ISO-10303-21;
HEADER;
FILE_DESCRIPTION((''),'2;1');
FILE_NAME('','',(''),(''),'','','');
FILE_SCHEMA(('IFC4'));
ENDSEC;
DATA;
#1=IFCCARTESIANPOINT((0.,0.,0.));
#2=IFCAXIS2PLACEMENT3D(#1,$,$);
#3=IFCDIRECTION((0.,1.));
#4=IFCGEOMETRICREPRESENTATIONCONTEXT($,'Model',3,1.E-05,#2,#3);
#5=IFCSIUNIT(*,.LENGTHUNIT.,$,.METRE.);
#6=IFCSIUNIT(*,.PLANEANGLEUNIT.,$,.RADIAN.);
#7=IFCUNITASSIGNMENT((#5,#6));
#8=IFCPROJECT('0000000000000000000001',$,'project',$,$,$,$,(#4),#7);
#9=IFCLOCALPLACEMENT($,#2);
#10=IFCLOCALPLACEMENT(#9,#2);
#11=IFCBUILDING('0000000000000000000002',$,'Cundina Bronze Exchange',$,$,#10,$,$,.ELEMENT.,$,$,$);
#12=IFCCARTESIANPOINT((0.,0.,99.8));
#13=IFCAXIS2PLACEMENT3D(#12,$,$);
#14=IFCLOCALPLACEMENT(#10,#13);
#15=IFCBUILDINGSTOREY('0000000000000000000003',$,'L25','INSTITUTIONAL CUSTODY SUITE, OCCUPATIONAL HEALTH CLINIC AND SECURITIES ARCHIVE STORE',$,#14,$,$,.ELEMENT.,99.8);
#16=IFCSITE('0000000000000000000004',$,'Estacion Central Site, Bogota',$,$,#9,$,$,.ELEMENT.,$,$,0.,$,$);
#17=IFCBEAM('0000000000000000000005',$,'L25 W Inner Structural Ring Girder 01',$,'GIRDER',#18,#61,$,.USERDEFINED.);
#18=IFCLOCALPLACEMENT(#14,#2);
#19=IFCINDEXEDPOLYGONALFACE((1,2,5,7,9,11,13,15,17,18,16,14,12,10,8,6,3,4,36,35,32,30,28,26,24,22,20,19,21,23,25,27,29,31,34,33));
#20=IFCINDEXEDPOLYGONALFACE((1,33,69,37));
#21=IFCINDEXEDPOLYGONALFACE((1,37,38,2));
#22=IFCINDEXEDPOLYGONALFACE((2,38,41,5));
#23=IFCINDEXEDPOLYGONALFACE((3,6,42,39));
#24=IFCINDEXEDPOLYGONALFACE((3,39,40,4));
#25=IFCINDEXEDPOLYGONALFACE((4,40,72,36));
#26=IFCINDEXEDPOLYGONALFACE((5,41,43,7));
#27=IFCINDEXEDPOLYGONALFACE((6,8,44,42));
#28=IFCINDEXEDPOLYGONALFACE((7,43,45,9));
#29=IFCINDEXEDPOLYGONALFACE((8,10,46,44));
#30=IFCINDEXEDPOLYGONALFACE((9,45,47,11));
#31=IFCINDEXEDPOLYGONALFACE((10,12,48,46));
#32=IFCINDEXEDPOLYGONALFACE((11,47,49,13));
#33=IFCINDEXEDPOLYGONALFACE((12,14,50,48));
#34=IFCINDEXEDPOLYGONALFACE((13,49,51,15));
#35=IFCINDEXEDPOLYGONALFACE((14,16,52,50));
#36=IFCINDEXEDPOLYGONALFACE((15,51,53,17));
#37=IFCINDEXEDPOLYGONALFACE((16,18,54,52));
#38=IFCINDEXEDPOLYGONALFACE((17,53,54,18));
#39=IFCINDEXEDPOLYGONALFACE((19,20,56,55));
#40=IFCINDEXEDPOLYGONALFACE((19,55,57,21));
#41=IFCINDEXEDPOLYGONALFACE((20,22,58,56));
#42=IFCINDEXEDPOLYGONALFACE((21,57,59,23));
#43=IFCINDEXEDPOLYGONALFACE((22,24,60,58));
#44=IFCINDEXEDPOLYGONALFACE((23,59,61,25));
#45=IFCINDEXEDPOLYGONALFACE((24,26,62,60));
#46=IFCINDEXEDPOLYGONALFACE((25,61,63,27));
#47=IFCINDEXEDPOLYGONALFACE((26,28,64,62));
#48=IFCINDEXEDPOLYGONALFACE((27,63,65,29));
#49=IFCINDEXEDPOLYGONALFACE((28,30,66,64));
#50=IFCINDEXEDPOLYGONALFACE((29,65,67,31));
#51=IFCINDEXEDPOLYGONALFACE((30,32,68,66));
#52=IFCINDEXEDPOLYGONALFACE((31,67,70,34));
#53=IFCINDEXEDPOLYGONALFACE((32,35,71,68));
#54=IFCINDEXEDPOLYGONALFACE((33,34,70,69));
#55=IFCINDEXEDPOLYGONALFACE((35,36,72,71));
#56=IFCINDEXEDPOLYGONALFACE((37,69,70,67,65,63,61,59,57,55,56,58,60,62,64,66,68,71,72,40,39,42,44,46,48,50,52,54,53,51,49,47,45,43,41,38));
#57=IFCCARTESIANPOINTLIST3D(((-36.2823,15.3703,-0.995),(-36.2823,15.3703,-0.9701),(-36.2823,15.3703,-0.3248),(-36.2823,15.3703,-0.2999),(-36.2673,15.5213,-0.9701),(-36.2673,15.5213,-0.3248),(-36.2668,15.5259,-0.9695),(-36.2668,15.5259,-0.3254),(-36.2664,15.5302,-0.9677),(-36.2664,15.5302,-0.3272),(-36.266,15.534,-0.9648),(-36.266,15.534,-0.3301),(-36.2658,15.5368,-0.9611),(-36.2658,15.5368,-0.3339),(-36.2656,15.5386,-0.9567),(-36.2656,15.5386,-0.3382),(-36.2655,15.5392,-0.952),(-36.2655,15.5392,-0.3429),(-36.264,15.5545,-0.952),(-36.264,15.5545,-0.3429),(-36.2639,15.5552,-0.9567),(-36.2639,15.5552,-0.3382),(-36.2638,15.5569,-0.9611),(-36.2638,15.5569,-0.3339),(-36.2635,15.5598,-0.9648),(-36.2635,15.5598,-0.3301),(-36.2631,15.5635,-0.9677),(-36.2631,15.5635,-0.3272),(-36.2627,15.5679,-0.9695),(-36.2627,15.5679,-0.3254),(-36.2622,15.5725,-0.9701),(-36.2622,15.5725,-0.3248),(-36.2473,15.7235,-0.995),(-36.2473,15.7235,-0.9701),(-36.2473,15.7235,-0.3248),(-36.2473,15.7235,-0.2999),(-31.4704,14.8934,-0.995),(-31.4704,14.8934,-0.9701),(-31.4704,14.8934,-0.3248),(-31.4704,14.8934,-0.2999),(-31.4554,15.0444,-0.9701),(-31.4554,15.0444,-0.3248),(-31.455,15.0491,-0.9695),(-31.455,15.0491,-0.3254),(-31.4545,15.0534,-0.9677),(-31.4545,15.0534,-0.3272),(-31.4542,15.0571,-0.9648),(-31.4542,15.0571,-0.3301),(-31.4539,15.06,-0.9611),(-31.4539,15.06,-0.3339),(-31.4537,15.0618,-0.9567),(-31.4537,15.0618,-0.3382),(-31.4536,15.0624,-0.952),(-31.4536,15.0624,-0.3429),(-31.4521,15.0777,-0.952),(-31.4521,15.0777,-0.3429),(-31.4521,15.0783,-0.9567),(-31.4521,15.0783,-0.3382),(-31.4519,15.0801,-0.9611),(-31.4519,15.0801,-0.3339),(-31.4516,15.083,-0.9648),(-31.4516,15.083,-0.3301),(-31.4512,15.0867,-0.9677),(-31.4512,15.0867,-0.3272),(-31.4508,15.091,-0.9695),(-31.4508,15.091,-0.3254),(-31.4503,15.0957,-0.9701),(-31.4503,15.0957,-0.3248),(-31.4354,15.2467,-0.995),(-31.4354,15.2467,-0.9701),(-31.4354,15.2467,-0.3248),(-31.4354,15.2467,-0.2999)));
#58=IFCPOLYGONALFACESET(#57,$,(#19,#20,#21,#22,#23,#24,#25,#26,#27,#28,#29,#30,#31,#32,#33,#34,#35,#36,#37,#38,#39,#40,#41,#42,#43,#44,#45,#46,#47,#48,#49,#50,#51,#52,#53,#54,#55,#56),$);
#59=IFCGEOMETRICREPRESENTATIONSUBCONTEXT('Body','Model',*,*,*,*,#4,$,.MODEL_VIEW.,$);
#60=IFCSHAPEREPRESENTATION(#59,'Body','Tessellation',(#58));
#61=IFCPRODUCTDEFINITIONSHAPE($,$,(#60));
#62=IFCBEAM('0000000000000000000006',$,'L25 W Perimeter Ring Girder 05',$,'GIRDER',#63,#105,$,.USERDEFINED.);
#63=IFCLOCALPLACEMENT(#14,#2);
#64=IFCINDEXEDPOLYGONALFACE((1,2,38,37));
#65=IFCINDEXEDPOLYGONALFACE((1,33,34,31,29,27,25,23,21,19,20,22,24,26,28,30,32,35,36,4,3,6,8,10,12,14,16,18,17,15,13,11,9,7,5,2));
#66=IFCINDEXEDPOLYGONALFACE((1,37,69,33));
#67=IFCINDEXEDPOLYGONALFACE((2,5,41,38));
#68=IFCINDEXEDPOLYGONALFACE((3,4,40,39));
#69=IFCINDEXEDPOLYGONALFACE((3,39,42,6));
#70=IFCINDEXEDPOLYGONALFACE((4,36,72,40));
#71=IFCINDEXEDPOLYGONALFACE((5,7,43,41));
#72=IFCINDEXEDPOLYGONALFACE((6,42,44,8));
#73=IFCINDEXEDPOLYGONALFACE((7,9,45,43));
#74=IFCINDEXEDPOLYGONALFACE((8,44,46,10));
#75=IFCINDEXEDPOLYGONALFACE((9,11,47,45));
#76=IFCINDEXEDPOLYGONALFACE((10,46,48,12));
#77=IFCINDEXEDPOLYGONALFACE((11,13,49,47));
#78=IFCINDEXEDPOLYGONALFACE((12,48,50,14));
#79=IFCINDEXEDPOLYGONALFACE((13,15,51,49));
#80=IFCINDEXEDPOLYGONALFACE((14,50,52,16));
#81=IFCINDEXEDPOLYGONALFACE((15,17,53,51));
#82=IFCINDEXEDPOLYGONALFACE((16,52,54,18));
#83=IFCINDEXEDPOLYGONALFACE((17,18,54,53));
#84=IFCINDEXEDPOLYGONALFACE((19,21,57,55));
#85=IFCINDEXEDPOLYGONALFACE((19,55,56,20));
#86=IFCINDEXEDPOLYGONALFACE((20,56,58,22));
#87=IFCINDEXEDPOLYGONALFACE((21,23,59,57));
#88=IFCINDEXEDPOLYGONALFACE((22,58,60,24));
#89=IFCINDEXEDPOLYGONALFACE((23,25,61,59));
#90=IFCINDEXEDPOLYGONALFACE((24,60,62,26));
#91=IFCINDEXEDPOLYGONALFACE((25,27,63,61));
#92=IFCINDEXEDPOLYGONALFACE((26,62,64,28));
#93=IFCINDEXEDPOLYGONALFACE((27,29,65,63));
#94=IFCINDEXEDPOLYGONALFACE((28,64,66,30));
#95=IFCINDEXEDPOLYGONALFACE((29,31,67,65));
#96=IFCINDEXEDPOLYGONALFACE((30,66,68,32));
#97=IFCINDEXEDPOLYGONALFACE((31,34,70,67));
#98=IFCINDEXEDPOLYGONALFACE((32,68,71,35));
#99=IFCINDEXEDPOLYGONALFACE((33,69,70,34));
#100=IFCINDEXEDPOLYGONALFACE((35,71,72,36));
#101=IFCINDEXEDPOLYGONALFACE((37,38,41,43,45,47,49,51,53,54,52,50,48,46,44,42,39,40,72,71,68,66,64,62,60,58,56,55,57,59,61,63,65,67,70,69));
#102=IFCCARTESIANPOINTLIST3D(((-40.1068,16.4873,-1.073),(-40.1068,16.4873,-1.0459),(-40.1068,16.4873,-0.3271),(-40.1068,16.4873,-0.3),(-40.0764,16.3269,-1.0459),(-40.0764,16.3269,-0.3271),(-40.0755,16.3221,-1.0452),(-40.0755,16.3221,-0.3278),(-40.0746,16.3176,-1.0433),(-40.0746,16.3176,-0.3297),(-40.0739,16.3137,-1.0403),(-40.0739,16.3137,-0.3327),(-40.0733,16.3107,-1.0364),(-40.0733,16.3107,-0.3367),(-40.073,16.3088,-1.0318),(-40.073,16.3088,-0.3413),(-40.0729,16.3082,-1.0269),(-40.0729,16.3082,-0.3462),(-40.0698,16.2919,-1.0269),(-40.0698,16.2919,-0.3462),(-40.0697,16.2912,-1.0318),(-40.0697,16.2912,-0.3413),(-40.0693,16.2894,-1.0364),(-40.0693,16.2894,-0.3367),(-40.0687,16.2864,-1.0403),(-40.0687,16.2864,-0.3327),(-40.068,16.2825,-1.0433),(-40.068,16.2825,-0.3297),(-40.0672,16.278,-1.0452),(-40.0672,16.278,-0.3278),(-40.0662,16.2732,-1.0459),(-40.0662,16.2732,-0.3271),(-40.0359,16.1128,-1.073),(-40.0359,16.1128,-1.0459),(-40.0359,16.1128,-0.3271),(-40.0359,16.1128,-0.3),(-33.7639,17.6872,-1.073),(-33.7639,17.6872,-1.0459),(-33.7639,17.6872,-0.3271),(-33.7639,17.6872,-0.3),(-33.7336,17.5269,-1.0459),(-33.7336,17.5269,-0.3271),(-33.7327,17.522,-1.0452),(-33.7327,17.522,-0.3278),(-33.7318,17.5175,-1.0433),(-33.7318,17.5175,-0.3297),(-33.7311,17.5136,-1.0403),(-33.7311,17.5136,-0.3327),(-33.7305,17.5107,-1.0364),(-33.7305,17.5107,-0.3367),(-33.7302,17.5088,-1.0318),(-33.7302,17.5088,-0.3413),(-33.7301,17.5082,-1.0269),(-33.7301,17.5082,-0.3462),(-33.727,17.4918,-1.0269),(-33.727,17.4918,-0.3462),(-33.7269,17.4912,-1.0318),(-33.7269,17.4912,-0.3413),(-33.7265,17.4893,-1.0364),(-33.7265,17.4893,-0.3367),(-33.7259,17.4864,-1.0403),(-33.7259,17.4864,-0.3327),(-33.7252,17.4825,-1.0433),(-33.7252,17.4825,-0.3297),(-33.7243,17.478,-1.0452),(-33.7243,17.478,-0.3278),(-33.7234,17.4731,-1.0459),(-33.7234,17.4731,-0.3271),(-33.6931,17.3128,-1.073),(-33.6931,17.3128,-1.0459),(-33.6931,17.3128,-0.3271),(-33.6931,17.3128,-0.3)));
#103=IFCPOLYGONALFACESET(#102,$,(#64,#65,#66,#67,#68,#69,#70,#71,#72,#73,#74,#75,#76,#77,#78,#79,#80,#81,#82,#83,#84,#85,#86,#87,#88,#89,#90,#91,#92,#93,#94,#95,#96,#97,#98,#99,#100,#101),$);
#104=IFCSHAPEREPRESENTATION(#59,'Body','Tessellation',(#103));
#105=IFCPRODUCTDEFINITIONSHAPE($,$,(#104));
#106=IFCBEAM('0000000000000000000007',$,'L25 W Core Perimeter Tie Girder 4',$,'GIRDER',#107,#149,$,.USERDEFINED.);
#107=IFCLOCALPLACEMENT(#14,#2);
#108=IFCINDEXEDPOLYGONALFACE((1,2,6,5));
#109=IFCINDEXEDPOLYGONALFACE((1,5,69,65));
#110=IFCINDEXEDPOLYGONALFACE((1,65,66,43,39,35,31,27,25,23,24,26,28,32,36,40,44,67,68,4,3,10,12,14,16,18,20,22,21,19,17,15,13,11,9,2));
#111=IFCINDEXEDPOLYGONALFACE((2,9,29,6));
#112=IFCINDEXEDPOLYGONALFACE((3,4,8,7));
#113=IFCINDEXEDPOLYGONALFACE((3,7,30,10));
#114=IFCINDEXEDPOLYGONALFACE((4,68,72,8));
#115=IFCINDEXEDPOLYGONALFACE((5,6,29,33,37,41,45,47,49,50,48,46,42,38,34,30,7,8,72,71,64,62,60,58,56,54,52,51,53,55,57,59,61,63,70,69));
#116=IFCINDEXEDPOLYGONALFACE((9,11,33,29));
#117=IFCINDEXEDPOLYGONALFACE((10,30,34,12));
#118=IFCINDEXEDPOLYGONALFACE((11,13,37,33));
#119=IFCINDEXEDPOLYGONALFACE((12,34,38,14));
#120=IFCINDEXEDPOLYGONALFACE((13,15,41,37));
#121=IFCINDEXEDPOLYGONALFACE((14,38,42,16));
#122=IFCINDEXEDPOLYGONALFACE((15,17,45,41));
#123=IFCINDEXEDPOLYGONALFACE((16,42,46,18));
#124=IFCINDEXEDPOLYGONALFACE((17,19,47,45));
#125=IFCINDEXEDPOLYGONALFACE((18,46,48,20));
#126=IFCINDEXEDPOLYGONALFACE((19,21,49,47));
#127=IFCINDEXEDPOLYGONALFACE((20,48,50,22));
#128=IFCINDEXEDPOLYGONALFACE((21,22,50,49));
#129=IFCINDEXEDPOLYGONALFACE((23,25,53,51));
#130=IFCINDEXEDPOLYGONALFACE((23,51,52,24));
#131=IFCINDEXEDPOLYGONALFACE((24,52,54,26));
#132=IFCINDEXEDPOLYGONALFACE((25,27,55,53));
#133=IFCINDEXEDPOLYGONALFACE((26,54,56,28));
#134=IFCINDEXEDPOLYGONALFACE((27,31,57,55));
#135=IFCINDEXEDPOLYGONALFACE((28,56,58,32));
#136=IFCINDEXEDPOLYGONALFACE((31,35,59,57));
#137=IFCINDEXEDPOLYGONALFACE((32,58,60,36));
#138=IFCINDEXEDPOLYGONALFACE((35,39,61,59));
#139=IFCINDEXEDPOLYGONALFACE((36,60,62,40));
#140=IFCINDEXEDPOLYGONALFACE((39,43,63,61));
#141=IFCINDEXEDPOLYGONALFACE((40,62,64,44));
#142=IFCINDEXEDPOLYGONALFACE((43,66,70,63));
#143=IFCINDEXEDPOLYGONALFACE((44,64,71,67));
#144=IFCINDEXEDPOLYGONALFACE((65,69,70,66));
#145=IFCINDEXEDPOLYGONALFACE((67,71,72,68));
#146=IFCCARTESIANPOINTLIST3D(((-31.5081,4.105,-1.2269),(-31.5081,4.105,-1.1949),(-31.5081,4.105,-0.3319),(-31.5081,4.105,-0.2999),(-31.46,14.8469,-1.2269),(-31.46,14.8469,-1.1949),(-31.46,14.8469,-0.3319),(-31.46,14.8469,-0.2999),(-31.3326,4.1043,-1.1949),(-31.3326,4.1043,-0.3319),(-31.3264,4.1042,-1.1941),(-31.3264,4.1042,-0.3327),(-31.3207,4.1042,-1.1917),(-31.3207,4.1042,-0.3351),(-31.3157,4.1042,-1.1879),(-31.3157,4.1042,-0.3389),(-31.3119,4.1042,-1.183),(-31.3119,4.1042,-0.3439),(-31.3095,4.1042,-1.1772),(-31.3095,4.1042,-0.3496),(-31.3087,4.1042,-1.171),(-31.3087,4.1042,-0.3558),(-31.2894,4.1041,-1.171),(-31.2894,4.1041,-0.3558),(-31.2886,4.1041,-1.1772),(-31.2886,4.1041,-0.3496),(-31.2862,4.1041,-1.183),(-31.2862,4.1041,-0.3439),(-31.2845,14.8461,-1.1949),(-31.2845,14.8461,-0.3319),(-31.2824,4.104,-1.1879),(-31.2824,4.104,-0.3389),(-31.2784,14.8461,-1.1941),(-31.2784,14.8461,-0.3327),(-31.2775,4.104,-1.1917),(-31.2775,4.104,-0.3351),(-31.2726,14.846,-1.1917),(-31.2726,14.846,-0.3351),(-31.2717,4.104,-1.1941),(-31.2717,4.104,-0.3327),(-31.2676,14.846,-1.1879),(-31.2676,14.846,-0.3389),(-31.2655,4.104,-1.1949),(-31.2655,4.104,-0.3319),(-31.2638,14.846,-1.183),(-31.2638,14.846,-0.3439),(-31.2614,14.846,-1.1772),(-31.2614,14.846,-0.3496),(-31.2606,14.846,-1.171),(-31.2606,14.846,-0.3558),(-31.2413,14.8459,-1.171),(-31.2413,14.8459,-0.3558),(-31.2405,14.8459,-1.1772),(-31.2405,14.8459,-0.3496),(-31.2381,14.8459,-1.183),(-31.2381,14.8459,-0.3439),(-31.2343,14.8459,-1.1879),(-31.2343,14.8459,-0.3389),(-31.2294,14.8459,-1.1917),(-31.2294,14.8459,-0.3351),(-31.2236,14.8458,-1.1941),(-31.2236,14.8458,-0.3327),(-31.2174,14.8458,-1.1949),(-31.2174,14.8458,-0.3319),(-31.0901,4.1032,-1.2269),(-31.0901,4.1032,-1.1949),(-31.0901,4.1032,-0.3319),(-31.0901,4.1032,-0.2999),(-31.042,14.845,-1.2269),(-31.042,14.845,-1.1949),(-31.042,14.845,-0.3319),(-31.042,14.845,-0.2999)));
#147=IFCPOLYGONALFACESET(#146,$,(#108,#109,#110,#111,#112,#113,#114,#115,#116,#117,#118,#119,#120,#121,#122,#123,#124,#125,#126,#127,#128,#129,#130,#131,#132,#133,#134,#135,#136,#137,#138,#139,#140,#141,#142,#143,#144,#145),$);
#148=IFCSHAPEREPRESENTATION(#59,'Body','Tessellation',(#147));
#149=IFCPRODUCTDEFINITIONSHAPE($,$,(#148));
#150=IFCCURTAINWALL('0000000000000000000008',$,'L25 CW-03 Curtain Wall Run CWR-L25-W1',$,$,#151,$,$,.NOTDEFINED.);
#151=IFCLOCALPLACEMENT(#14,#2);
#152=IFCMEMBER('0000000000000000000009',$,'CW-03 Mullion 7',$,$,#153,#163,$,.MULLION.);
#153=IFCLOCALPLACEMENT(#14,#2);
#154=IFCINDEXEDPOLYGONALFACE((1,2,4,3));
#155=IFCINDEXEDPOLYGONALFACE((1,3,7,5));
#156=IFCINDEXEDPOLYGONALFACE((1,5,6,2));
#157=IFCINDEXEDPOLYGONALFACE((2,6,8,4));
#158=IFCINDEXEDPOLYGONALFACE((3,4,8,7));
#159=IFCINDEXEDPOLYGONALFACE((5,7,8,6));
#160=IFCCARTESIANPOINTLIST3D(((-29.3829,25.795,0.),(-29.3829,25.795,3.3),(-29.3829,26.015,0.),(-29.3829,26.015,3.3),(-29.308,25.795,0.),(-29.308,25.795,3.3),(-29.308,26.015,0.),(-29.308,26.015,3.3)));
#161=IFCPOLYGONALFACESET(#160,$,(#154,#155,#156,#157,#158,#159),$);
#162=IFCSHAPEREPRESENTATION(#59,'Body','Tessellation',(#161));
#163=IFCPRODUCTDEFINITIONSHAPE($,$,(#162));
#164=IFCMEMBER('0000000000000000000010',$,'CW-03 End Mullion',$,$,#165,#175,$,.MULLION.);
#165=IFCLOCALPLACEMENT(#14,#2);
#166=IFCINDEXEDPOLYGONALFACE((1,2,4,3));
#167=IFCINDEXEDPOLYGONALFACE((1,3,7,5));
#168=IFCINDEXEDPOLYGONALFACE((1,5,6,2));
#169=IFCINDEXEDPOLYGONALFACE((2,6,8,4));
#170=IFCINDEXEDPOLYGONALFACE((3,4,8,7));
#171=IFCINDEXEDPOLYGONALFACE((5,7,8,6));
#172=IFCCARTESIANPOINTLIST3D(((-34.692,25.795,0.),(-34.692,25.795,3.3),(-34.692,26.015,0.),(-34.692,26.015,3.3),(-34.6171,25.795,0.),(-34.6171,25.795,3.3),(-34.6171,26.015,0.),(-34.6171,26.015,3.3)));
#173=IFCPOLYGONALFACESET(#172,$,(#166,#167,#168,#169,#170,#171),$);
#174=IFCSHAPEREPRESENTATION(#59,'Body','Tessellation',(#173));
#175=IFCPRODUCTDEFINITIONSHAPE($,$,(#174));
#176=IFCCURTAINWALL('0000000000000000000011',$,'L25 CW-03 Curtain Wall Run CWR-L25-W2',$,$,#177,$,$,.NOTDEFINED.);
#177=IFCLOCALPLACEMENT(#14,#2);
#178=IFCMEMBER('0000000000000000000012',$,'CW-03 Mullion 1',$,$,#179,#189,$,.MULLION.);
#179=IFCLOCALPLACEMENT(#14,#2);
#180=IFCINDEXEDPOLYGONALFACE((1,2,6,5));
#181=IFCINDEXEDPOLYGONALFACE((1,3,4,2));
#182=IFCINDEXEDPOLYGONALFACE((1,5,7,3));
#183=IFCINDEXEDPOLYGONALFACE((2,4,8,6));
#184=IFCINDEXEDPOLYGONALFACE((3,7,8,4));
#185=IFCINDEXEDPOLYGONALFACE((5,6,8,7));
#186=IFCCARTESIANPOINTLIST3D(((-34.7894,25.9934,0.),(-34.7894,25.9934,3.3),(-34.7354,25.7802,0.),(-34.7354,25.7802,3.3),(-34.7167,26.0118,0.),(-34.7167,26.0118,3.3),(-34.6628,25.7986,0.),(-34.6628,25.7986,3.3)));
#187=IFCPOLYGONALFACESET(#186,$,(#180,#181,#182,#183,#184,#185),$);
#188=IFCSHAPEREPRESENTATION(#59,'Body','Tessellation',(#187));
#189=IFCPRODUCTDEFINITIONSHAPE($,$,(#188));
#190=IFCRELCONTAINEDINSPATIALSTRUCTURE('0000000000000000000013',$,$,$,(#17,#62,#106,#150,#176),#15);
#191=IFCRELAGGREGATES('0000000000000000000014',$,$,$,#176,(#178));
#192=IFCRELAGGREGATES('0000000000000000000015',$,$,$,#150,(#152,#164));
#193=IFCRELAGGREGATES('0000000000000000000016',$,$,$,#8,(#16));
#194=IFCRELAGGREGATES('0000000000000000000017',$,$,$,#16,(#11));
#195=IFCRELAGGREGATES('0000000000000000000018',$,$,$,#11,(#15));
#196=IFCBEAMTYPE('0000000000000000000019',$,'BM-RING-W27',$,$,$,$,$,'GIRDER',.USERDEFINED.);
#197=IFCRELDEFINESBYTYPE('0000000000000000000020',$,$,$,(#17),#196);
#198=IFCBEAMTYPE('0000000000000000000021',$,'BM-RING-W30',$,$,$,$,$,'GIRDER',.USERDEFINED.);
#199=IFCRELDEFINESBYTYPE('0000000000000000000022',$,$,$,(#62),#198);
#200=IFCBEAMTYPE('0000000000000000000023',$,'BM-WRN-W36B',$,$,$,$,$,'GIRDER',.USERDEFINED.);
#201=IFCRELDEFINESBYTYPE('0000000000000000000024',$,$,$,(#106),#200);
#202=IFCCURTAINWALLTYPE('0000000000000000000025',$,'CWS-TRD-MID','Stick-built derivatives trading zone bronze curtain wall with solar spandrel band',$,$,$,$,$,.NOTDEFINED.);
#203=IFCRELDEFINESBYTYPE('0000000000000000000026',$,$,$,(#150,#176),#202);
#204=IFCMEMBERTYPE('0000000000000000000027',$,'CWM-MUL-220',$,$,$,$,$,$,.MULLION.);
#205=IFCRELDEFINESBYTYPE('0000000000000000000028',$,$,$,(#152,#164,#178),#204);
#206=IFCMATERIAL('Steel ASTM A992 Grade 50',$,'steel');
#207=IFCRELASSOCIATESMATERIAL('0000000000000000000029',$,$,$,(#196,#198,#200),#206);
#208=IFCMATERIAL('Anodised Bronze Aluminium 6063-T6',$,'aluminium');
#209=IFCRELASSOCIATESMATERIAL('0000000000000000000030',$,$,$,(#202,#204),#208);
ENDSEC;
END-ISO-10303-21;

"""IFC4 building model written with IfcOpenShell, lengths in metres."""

from ifc_helpers import new_model, si_unit, direction, frame, origin, origin_2d, place, context, subcontext, project, spatial, rectangle, i_section, extrude, material, material_profile, profile_set, type_object, element, aggregate, save


model = new_model("IFC4")

# Units and contexts
model_context = context("Model", 3, precision=1e-05, world=origin(), true_north=direction((0.0, 1.0)))
body_context = subcontext(model_context, "Body", "Model", "MODEL_VIEW")
ifc_project = project(units=[si_unit("LENGTHUNIT", "METRE"), si_unit("PLANEANGLEUNIT", "RADIAN")], contexts=[model_context])

# Site, building, storey
site_placement = place(None, origin())
site = spatial("IfcSite", under=ifc_project, at=site_placement, Name="Estacion Central Site, Bogota", CompositionType="ELEMENT", RefElevation=0.0)
building_placement = place(site_placement, origin())
building = spatial("IfcBuilding", under=site, at=building_placement, Name="Cundina Bronze Exchange", CompositionType="ELEMENT")
storey_placement = place(building_placement, frame((0.0, 0.0, 99.8)))
storey = spatial("IfcBuildingStorey", under=building, at=storey_placement, Name="L25", Description="INSTITUTIONAL CUSTODY SUITE, OCCUPATIONAL HEALTH CLINIC AND SECURITIES ARCHIVE STORE", CompositionType="ELEMENT", Elevation=99.8)

# Shared definitions
ifc_material_1 = material(Name="Steel ASTM A992 Grade 50", Category="steel")

# Beams
ifc_material_profile_1 = material_profile(ifc_material_1, i_section(OverallWidth=0.355, OverallDepth=0.6951, WebThickness=0.0154, FlangeThickness=0.0249, FilletRadius=0.0181, at=origin_2d()), Name="W27X146", Category="steel")
ifc_profile_set_1 = profile_set([ifc_material_profile_1], Name="Steel ASTM A992 Grade 50")
beam_type_1 = type_object("IfcBeamType", Name="BM-RING-W27", ElementType="GIRDER", PredefinedType="USERDEFINED", material=ifc_profile_set_1)
beam_1_placement = place(storey_placement, frame((-31.4529, 15.0701, -0.6475), z_axis=(-0.995126, 0.098609, 0.0), x_axis=(-0.098609, -0.995126, 0.0)))
element("IfcBeam", 1, at=beam_1_placement, inside=storey, type_object=beam_type_1, Name="L25 W Inner Structural Ring Girder 01", ObjectType="GIRDER", PredefinedType="USERDEFINED", context=body_context, shape_type="SweptSolid", body=[
    extrude(i_section(OverallWidth=0.355, OverallDepth=0.6951, WebThickness=0.0154, FlangeThickness=0.0249, FilletRadius=0.0181, at=origin_2d()), origin(), (0.0, 0.0, 1.0), 4.8354),
])
ifc_material_profile_2 = material_profile(ifc_material_1, i_section(OverallWidth=0.3811, OverallDepth=0.7729, WebThickness=0.0166, FlangeThickness=0.0271, FilletRadius=0.019, at=origin_2d()), Name="W30X173", Category="steel")
ifc_profile_set_2 = profile_set([ifc_material_profile_2], Name="Steel ASTM A992 Grade 50")
beam_type_2 = type_object("IfcBeamType", Name="BM-RING-W30", ElementType="GIRDER", PredefinedType="USERDEFINED", material=ifc_profile_set_2)
beam_2_placement = place(storey_placement, frame((-33.7285, 17.5, -0.6865), z_axis=(-0.982571, -0.185887, 0.0), x_axis=(0.185887, -0.982571, 0.0)))
element("IfcBeam", 2, at=beam_2_placement, inside=storey, type_object=beam_type_2, Name="L25 W Perimeter Ring Girder 05", ObjectType="GIRDER", PredefinedType="USERDEFINED", context=body_context, shape_type="SweptSolid", body=[
    extrude(i_section(OverallWidth=0.3811, OverallDepth=0.7729, WebThickness=0.0166, FlangeThickness=0.0271, FilletRadius=0.019, at=origin_2d()), origin(), (0.0, 0.0, 1.0), 6.4553),
])
ifc_material_profile_3 = material_profile(ifc_material_1, i_section(OverallWidth=0.418, OverallDepth=0.927, WebThickness=0.0193, FlangeThickness=0.032, FilletRadius=0.0239, at=origin_2d()), Name="W36X231", Category="steel")
ifc_profile_set_3 = profile_set([ifc_material_profile_3], Name="Steel ASTM A992 Grade 50")
beam_type_3 = type_object("IfcBeamType", Name="BM-WRN-W36B", ElementType="GIRDER", PredefinedType="USERDEFINED", material=ifc_profile_set_3)
beam_3_placement = place(storey_placement, frame((-31.251, 14.8459, -0.7634), z_axis=(-0.004477, -0.99999, 0.0), x_axis=(0.99999, -0.004477, 0.0)))
element("IfcBeam", 3, at=beam_3_placement, inside=storey, type_object=beam_type_3, Name="L25 W Core Perimeter Tie Girder 4", ObjectType="GIRDER", PredefinedType="USERDEFINED", context=body_context, shape_type="SweptSolid", body=[
    extrude(i_section(OverallWidth=0.418, OverallDepth=0.927, WebThickness=0.0193, FlangeThickness=0.032, FilletRadius=0.0239, at=origin_2d()), origin(), (0.0, 0.0, 1.0), 10.7419),
])

# Curtain wall, members
ifc_material_2 = material(Name="Anodised Bronze Aluminium 6063-T6", Category="aluminium")
curtain_wall_type = type_object("IfcCurtainWallType", Name="CWS-TRD-MID", Description="Stick-built derivatives trading zone bronze curtain wall with solar spandrel band", PredefinedType="NOTDEFINED", material=ifc_material_2)
curtain_wall_1_placement = place(storey_placement, origin())
curtain_wall_1 = element("IfcCurtainWall", 4, at=curtain_wall_1_placement, inside=storey, type_object=curtain_wall_type, Name="L25 CW-03 Curtain Wall Run CWR-L25-W1", PredefinedType="NOTDEFINED")
ifc_material_profile_4 = material_profile(ifc_material_2, rectangle(XDim=0.075, YDim=0.22, at=origin_2d()), Name="AL75X220", Category="aluminium")
ifc_profile_set_4 = profile_set([ifc_material_profile_4], Name="Anodised Bronze Aluminium 6063-T6")
member_type_1 = type_object("IfcMemberType", Name="CWM-MUL-220", PredefinedType="MULLION", material=ifc_profile_set_4)
member_1_placement = place(storey_placement, frame((-29.3455, 25.905, 0.0), z_axis=(0.0, 0.0, 1.0), x_axis=(-1.0, 0.0, 0.0)))
member_1 = element("IfcMember", 5, at=member_1_placement, type_object=member_type_1, Name="CW-03 Mullion 7", PredefinedType="MULLION", context=body_context, shape_type="SweptSolid", body=[
    extrude(rectangle(XDim=0.075, YDim=0.22, at=origin_2d()), origin(), (0.0, 0.0, 1.0), 3.3),
])
member_2_placement = place(storey_placement, frame((-34.6545, 25.905, 0.0), z_axis=(0.0, 0.0, 1.0), x_axis=(-1.0, 0.0, 0.0)))
member_2 = element("IfcMember", 6, at=member_2_placement, type_object=member_type_1, Name="CW-03 End Mullion", PredefinedType="MULLION", context=body_context, shape_type="SweptSolid", body=[
    extrude(rectangle(XDim=0.075, YDim=0.22, at=origin_2d()), origin(), (0.0, 0.0, 1.0), 3.3),
])

# Curtain wall, member
curtain_wall_2_placement = place(storey_placement, origin())
curtain_wall_2 = element("IfcCurtainWall", 7, at=curtain_wall_2_placement, inside=storey, type_object=curtain_wall_type, Name="L25 CW-03 Curtain Wall Run CWR-L25-W2", PredefinedType="NOTDEFINED")
member_3_placement = place(storey_placement, frame((-34.7261, 25.896, 0.0), z_axis=(0.0, 0.0, 1.0), x_axis=(-0.969488, -0.245138, 0.0)))
member_3 = element("IfcMember", 8, at=member_3_placement, type_object=member_type_1, Name="CW-03 Mullion 1", PredefinedType="MULLION", context=body_context, shape_type="SweptSolid", body=[
    extrude(rectangle(XDim=0.075, YDim=0.22, at=origin_2d()), origin(), (0.0, 0.0, 1.0), 3.3),
])

aggregate(curtain_wall_2, [member_3])

aggregate(curtain_wall_1, [member_1, member_2])

save(model, "model.ifc")
